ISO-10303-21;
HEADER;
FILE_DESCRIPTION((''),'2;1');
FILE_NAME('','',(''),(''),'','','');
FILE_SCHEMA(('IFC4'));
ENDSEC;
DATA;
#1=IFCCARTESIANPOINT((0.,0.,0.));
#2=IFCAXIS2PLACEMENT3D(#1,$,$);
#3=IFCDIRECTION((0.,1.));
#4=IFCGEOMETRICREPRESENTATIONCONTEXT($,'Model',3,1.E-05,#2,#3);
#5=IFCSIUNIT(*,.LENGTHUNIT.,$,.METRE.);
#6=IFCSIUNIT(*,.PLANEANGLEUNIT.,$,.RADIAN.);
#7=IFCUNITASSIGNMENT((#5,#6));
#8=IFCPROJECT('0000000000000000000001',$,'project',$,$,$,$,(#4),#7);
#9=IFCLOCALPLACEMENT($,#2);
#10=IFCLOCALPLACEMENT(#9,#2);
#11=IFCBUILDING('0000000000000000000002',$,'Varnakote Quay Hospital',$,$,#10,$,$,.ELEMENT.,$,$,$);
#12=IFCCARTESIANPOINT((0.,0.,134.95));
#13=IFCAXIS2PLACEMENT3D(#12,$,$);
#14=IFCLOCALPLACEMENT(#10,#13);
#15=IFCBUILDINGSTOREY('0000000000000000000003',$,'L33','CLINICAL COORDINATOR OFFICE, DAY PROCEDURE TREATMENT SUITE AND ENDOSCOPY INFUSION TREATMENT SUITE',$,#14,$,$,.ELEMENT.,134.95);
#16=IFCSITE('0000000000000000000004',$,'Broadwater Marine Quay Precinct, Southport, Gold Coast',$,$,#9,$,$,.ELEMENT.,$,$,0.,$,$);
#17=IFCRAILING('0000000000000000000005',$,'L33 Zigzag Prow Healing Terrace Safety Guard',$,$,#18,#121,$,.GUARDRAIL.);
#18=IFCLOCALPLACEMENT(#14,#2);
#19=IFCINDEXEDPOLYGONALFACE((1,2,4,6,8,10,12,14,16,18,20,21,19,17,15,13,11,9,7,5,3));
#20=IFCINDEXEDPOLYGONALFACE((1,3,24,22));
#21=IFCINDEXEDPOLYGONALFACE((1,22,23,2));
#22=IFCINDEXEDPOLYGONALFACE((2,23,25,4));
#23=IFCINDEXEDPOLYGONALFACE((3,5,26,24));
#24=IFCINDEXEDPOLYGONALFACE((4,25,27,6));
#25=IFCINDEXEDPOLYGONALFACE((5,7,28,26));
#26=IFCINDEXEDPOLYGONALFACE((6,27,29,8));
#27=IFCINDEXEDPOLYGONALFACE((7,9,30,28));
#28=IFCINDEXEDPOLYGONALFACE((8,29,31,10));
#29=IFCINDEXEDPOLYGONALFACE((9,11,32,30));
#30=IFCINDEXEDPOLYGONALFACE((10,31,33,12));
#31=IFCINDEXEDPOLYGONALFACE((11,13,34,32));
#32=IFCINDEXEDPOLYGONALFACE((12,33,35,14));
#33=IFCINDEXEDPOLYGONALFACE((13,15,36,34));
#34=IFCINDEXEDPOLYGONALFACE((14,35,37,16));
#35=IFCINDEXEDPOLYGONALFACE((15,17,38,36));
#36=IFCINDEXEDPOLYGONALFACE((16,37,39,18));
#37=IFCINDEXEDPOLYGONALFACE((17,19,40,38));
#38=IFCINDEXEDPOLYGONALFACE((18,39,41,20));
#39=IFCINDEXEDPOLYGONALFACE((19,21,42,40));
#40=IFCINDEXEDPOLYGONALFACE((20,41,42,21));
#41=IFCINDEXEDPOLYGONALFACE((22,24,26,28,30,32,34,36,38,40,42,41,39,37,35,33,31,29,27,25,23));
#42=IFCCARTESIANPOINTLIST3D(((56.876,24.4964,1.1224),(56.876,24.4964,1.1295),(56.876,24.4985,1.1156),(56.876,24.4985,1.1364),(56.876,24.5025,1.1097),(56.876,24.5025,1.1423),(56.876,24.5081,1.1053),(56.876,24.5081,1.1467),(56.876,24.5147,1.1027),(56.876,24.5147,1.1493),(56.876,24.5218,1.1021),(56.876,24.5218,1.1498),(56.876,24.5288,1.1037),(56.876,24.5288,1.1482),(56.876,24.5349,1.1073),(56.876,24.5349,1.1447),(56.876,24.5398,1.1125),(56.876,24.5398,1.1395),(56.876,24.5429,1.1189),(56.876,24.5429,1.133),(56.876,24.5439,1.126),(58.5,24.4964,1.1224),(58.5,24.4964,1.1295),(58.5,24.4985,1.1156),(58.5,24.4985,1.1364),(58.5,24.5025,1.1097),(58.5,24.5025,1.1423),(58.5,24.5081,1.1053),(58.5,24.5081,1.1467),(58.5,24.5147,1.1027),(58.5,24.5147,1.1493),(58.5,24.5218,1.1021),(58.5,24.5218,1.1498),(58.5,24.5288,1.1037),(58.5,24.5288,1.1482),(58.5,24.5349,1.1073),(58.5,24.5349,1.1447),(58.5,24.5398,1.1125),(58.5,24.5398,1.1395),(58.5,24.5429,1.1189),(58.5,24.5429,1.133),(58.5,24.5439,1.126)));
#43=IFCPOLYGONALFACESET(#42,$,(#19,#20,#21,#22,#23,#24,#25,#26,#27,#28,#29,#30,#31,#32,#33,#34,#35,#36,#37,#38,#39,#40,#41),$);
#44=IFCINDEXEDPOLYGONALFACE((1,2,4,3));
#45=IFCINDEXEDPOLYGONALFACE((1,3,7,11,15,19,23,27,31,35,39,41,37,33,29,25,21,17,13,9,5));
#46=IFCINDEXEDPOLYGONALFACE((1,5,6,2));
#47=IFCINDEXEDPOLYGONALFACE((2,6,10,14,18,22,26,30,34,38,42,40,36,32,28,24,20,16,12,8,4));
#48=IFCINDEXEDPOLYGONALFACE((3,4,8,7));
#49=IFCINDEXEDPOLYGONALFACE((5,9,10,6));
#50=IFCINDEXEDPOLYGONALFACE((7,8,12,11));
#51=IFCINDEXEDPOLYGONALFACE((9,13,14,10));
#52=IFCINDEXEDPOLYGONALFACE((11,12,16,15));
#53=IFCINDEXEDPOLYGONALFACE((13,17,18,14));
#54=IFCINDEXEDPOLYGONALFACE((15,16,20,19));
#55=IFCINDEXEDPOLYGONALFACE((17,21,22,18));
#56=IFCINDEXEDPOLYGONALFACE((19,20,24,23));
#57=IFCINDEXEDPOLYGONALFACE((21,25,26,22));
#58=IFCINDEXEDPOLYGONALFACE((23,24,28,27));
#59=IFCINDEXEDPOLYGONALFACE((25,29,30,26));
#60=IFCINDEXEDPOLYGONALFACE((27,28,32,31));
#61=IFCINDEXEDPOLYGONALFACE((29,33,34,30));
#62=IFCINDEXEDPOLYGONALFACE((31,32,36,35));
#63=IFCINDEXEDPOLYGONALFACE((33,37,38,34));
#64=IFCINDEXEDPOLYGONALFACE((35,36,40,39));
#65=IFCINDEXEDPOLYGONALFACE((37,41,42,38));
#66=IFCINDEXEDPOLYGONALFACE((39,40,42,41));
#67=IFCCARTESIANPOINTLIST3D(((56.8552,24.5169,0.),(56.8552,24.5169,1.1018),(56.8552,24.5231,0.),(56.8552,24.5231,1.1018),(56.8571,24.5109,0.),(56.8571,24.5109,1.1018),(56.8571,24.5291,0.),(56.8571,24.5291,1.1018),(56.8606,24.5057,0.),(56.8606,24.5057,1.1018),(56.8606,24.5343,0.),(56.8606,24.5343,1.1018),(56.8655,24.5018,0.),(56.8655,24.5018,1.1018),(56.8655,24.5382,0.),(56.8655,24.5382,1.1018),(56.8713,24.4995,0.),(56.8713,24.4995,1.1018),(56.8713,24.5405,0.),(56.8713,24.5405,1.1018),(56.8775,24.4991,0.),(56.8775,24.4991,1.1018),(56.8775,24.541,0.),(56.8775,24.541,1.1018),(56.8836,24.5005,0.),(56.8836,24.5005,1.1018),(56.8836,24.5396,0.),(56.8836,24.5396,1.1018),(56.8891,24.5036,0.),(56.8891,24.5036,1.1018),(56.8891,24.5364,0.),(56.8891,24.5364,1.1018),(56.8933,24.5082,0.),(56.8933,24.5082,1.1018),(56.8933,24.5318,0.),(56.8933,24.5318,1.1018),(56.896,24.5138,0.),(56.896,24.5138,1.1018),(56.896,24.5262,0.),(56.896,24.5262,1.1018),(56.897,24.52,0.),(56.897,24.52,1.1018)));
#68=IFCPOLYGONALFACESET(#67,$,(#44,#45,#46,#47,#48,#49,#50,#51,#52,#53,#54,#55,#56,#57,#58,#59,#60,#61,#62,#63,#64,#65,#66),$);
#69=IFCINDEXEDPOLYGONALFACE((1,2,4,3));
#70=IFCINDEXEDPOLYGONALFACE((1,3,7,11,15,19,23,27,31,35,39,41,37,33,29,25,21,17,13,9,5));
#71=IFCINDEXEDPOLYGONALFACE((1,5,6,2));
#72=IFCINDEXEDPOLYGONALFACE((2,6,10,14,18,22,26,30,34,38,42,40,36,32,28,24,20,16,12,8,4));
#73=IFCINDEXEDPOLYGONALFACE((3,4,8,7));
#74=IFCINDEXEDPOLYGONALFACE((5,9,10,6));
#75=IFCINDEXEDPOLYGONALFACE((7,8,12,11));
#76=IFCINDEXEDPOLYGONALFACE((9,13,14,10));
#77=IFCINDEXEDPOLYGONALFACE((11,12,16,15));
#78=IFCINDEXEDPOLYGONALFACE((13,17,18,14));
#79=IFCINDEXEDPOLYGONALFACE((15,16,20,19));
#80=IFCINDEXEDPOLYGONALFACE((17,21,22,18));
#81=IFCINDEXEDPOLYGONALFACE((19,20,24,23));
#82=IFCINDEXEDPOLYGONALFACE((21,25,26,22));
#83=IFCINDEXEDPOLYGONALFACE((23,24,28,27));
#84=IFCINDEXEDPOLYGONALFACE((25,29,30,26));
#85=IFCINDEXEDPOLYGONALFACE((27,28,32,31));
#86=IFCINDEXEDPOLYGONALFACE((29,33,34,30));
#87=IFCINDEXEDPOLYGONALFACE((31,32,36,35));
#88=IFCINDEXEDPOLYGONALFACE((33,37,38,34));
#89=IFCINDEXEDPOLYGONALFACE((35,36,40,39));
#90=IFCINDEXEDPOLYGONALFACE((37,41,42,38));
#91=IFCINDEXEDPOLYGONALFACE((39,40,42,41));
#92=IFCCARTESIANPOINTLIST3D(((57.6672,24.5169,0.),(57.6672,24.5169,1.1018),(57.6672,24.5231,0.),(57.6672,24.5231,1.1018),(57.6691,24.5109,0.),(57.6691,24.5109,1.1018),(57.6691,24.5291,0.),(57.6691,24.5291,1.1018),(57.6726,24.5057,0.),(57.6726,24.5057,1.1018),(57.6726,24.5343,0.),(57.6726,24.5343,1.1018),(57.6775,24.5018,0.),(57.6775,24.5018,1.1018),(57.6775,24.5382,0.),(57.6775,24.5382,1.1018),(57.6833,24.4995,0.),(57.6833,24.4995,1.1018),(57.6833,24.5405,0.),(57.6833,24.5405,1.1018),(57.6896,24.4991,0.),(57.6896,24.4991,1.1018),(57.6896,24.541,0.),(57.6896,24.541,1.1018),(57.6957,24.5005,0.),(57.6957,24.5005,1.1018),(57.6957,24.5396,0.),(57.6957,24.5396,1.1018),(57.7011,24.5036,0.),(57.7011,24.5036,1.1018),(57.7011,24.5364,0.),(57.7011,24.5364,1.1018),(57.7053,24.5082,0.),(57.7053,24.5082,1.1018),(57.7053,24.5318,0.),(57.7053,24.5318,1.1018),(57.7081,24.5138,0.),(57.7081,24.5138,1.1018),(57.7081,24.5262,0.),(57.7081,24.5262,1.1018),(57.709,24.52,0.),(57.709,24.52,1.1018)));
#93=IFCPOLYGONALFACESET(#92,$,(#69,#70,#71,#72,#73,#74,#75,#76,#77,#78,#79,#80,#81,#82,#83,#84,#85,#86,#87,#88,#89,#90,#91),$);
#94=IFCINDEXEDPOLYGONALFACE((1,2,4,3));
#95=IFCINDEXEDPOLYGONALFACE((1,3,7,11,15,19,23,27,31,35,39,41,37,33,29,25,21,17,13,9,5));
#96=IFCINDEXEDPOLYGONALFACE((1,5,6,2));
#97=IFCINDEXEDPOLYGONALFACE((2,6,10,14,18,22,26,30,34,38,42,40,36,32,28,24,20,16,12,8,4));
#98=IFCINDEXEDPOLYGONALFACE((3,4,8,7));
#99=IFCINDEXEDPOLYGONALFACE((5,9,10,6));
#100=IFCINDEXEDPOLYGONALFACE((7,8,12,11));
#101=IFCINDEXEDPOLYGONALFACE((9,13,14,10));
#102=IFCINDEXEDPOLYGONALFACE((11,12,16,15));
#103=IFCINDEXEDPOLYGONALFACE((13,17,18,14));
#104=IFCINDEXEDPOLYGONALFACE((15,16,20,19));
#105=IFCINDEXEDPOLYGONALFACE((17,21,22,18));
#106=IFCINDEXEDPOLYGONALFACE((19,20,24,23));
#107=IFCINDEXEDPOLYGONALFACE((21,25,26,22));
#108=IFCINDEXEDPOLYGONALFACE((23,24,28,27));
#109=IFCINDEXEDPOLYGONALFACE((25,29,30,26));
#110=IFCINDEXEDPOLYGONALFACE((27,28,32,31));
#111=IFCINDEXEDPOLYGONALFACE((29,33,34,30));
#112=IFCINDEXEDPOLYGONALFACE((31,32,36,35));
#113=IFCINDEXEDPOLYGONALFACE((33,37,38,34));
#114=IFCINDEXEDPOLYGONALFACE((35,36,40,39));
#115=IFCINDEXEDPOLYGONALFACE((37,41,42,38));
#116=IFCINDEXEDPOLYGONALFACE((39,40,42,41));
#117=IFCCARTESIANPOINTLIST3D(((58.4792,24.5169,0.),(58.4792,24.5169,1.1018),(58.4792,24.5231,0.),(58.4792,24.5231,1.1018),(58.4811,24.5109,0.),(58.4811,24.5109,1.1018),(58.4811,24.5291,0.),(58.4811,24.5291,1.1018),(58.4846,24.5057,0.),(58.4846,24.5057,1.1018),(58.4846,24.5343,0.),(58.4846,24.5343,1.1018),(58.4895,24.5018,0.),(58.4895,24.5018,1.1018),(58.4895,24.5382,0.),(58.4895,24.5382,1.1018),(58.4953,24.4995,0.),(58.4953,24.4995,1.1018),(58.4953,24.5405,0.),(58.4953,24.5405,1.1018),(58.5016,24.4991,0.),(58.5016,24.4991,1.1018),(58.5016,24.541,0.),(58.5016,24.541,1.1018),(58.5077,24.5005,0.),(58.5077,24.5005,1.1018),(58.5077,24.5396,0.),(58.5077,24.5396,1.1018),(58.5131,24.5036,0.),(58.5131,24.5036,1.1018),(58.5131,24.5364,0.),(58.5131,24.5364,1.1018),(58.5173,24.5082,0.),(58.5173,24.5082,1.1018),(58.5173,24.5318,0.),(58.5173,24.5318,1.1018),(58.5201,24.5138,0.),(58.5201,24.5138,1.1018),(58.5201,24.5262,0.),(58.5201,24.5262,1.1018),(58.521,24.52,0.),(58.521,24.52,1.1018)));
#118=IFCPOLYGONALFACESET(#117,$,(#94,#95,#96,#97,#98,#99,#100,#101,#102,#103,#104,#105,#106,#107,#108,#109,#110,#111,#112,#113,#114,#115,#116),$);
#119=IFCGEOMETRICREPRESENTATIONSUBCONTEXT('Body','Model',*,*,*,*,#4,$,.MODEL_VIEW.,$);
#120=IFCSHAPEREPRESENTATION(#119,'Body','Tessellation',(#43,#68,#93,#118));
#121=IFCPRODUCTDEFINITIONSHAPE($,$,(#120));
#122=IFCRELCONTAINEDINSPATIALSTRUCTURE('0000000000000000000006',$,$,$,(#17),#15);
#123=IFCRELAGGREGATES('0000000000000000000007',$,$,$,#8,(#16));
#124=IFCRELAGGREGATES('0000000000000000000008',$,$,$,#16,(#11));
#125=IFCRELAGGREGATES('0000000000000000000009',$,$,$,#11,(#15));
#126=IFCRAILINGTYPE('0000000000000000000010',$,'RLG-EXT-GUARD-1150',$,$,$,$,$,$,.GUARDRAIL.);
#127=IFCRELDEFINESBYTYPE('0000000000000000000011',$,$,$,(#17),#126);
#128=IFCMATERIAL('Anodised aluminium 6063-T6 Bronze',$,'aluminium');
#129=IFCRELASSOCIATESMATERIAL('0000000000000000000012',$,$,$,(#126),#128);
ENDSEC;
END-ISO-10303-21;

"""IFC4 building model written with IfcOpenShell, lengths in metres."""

from ifc_helpers import new_model, si_unit, direction, frame, origin, origin_2d, place, context, subcontext, project, spatial, circle, extrude, material, type_object, element, save


model = new_model("IFC4")

# Units and contexts
model_context = context("Model", 3, precision=1e-05, world=origin(), true_north=direction((0.0, 1.0)))
body_context = subcontext(model_context, "Body", "Model", "MODEL_VIEW")
ifc_project = project(units=[si_unit("LENGTHUNIT", "METRE"), si_unit("PLANEANGLEUNIT", "RADIAN")], contexts=[model_context])

# Site, building, storey
site_placement = place(None, origin())
site = spatial("IfcSite", under=ifc_project, at=site_placement, Name="Broadwater Marine Quay Precinct, Southport, Gold Coast", CompositionType="ELEMENT", RefElevation=0.0)
building_placement = place(site_placement, origin())
building = spatial("IfcBuilding", under=site, at=building_placement, Name="Varnakote Quay Hospital", CompositionType="ELEMENT")
storey_placement = place(building_placement, frame((0.0, 0.0, 134.95)))
storey = spatial("IfcBuildingStorey", under=building, at=storey_placement, Name="L33", Description="CLINICAL COORDINATOR OFFICE, DAY PROCEDURE TREATMENT SUITE AND ENDOSCOPY INFUSION TREATMENT SUITE", CompositionType="ELEMENT", Elevation=134.95)

# Railing
ifc_material_1 = material(Name="Anodised aluminium 6063-T6 Bronze", Category="aluminium")
railing_type = type_object("IfcRailingType", Name="RLG-EXT-GUARD-1150", PredefinedType="GUARDRAIL", material=ifc_material_1)
railing_1_placement = place(storey_placement, frame((56.876, 24.52, 0.0)))
element("IfcRailing", 1, at=railing_1_placement, inside=storey, type_object=railing_type, Name="L33 Zigzag Prow Healing Terrace Safety Guard", PredefinedType="GUARDRAIL", context=body_context, shape_type="SweptSolid", body=[
    extrude(circle(Radius=0.0239, at=origin_2d()), frame((0.0, 0.0, 1.126), z_axis=(1.0, 0.0, 0.0), x_axis=(0.0, 1.0, 0.0)), (0.0, 0.0, 1.0), 1.624),
    extrude(circle(Radius=0.021, at=origin_2d()), origin(), (0.0, 0.0, 1.0), 1.1018),
    extrude(circle(Radius=0.021, at=origin_2d()), frame((0.812, 0.0, 0.0)), (0.0, 0.0, 1.0), 1.1018),
    extrude(circle(Radius=0.021, at=origin_2d()), frame((1.624, 0.0, 0.0)), (0.0, 0.0, 1.0), 1.1018),
])

save(model, "model.ifc")
